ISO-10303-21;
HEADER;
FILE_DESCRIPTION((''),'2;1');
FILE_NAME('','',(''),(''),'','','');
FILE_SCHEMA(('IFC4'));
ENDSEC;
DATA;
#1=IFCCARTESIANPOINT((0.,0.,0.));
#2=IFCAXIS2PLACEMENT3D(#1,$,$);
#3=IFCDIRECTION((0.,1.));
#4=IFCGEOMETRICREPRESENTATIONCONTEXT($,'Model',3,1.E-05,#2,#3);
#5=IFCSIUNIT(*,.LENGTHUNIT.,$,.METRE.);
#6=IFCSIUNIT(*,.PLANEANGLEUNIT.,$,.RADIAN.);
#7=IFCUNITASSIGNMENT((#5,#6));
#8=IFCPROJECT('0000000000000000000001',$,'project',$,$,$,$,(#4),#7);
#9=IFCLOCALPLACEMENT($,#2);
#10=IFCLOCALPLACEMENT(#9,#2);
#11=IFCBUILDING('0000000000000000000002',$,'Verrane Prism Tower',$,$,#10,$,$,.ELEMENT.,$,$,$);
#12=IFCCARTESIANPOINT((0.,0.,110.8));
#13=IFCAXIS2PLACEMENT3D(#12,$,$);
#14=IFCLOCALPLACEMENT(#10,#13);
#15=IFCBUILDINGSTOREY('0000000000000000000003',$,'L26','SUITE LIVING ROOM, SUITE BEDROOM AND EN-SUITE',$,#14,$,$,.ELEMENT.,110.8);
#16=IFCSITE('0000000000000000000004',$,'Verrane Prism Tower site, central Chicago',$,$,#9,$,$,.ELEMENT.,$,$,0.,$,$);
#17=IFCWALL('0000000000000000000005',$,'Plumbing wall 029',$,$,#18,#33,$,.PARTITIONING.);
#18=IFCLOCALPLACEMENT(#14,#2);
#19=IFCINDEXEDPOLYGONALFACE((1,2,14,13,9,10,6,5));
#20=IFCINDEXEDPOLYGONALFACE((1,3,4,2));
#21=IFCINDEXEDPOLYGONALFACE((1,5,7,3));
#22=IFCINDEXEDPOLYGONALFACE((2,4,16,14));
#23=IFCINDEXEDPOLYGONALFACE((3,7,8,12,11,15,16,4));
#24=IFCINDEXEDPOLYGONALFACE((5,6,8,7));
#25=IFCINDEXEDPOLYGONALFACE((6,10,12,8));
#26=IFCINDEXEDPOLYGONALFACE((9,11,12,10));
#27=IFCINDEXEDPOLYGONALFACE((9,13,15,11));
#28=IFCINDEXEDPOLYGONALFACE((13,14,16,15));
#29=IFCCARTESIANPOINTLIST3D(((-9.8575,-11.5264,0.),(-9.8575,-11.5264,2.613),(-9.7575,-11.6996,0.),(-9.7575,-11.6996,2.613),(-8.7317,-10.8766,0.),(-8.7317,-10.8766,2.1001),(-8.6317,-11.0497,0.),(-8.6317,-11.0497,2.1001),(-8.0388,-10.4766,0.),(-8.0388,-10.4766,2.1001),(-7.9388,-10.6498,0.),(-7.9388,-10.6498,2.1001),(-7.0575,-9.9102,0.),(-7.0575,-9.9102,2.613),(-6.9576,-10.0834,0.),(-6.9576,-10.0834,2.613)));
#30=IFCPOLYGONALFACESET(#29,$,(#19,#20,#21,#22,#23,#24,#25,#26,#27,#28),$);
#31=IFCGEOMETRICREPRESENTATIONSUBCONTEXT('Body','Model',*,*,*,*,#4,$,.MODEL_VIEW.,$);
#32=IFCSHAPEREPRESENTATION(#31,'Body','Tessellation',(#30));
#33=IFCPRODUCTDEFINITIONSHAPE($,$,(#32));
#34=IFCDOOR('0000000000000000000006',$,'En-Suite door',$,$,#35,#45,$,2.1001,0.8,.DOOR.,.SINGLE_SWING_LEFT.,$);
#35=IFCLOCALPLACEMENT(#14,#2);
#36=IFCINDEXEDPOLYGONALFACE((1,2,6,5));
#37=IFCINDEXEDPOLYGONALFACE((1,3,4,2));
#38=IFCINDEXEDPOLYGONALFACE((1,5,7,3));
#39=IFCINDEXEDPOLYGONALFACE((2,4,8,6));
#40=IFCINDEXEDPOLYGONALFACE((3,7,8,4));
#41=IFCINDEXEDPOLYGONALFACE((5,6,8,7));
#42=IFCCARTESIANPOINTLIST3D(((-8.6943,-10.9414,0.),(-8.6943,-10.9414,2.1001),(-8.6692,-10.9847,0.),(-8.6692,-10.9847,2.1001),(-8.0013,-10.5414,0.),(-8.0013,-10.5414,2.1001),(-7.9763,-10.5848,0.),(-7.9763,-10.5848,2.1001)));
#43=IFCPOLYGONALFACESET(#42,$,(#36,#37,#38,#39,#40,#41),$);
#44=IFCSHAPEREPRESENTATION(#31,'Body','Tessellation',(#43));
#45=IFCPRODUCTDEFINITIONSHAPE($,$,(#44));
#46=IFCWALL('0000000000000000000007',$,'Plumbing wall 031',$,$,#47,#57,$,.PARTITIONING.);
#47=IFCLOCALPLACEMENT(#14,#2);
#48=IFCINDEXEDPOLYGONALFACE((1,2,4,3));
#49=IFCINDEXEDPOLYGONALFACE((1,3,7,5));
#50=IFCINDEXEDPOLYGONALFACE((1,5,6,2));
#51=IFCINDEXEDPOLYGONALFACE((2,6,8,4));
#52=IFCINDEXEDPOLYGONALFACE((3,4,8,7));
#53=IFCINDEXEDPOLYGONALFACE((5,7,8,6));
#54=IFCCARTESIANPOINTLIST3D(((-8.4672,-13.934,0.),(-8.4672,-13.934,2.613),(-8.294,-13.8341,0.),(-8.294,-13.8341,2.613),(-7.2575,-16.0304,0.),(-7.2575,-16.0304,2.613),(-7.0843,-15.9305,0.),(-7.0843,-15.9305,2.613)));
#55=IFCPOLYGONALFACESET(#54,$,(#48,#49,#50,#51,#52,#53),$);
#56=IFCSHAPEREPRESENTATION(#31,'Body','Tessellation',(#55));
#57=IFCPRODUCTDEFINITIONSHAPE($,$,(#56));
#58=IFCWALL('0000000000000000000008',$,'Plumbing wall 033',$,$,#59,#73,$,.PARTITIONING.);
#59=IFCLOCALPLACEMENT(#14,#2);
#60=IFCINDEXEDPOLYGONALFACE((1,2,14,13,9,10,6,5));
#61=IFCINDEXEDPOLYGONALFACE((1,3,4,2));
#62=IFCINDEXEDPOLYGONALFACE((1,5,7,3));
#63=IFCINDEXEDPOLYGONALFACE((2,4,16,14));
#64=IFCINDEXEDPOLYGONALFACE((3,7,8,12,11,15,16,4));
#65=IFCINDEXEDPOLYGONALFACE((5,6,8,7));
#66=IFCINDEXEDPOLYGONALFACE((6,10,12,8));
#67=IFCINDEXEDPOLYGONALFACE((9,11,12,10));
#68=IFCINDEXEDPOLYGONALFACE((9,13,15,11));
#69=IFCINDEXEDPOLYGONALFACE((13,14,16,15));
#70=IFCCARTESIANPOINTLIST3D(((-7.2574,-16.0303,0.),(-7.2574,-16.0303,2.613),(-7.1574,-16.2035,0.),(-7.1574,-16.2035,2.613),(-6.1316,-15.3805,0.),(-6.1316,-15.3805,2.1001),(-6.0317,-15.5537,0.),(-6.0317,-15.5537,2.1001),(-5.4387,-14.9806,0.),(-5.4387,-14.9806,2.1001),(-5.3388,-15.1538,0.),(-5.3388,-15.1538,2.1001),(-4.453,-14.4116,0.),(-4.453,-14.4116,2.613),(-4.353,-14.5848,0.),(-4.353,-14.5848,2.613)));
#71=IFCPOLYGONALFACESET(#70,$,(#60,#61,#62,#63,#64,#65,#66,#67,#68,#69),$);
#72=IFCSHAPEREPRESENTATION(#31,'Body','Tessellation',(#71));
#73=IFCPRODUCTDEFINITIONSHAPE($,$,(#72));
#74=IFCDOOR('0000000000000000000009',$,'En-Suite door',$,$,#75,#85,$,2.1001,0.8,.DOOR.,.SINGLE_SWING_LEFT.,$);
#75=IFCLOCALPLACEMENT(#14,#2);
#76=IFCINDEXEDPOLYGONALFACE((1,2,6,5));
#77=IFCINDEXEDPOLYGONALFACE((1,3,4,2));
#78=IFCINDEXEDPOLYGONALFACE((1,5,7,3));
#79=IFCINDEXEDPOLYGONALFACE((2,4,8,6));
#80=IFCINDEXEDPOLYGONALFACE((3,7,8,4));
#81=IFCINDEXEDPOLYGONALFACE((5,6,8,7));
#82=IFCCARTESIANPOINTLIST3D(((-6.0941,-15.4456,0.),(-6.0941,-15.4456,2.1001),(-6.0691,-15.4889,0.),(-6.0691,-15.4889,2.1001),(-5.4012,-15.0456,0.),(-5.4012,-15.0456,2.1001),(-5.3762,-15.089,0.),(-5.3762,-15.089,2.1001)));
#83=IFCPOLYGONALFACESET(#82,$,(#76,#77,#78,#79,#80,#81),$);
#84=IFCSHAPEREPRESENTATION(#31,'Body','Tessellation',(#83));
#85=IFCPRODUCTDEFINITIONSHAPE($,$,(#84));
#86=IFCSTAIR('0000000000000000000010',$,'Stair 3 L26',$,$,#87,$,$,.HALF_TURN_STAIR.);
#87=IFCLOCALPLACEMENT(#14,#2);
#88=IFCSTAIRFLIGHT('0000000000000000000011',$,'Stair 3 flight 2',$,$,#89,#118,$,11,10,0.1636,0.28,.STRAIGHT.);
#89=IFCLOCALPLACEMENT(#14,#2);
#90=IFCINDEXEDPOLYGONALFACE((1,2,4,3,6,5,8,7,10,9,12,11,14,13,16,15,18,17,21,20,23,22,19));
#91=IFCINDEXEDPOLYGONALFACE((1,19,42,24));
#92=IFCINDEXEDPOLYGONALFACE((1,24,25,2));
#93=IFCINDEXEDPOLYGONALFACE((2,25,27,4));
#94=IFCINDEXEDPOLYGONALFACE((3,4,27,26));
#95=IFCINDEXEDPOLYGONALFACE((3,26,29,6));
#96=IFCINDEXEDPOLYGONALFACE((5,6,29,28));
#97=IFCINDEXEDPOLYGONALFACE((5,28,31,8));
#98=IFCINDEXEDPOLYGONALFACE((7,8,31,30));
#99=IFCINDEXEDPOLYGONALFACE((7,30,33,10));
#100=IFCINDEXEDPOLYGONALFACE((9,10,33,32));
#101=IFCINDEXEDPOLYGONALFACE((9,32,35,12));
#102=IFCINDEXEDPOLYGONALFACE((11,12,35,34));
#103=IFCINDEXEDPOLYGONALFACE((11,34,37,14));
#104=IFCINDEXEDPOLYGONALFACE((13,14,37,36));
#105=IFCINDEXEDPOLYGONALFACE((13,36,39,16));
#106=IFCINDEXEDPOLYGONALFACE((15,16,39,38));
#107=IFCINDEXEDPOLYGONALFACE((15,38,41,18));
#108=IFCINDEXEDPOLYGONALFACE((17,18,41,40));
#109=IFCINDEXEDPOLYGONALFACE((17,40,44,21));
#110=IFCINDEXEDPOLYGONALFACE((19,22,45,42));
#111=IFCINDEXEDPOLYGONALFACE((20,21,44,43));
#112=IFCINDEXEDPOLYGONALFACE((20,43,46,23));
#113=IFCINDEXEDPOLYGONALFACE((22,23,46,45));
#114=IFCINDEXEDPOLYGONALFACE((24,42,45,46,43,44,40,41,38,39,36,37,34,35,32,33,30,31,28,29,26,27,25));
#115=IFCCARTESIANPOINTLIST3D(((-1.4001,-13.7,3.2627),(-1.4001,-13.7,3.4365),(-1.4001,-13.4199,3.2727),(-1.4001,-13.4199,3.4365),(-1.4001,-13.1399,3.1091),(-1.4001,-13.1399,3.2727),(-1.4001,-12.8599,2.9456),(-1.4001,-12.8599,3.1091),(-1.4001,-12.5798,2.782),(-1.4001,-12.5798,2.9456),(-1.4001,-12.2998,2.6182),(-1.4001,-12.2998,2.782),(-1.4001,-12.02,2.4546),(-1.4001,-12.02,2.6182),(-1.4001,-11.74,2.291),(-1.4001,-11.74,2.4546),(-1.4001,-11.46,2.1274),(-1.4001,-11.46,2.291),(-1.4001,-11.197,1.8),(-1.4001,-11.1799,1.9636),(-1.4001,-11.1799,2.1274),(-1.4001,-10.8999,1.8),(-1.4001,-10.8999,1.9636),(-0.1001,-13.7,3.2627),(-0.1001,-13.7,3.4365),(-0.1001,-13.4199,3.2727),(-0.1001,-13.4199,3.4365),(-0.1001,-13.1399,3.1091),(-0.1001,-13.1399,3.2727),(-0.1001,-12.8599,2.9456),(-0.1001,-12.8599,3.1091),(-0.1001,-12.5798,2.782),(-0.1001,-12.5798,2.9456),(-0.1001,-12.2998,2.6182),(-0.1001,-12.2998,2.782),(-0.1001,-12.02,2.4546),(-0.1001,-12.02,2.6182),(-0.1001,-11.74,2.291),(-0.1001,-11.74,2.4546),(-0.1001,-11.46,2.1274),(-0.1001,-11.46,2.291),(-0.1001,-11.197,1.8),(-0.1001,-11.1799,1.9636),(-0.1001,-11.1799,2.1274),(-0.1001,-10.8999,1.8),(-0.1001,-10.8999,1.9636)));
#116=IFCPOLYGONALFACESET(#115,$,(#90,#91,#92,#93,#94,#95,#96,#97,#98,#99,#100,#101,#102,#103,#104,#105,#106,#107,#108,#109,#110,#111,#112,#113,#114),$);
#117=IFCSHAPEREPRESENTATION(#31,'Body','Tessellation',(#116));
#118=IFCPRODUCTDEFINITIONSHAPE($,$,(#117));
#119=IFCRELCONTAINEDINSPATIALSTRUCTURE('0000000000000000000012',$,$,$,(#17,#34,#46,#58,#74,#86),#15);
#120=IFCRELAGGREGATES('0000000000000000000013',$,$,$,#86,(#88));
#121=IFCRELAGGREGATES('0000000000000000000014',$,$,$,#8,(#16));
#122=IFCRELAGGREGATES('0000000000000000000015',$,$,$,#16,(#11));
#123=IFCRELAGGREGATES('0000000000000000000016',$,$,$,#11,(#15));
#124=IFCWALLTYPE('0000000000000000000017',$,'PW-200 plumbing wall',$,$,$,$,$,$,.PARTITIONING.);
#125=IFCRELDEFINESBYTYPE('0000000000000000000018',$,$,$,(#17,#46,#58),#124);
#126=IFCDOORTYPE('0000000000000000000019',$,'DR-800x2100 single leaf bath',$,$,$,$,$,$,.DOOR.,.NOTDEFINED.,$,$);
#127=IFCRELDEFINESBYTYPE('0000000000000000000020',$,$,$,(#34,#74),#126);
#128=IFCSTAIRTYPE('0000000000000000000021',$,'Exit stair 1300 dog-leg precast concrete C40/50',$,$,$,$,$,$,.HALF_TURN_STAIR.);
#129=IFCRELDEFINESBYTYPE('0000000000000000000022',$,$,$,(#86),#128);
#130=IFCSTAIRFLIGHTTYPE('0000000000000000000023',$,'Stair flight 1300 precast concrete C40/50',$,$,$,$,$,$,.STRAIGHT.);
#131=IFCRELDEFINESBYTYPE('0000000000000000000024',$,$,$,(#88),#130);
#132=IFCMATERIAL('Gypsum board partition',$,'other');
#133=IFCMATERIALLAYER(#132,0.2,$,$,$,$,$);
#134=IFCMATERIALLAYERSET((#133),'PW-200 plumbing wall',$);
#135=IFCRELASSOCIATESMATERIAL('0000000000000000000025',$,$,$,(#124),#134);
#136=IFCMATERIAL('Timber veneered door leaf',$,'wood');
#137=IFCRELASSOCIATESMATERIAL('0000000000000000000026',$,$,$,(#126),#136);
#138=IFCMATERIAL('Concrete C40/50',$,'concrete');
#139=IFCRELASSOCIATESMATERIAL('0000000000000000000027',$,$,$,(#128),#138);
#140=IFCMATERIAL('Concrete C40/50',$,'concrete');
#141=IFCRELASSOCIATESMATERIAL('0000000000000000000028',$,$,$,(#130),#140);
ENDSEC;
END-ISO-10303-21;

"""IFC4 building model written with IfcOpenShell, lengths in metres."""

from ifc_helpers import new_model, si_unit, direction, frame, frame_2d, origin, place, context, subcontext, project, spatial, polyline, rectangle, outline, extrude, material, layer, layer_set, type_object, element, fill, aggregate, save


model = new_model("IFC4")

# Units and contexts
model_context = context("Model", 3, precision=1e-05, world=origin(), true_north=direction((0.0, 1.0)))
body_context = subcontext(model_context, "Body", "Model", "MODEL_VIEW")
ifc_project = project(units=[si_unit("LENGTHUNIT", "METRE"), si_unit("PLANEANGLEUNIT", "RADIAN")], contexts=[model_context])

# Site, building, storey
site_placement = place(None, origin())
site = spatial("IfcSite", under=ifc_project, at=site_placement, Name="Verrane Prism Tower site, central Chicago", CompositionType="ELEMENT", RefElevation=0.0)
building_placement = place(site_placement, origin())
building = spatial("IfcBuilding", under=site, at=building_placement, Name="Verrane Prism Tower", CompositionType="ELEMENT")
storey_placement = place(building_placement, frame((0.0, 0.0, 110.8)))
storey = spatial("IfcBuildingStorey", under=building, at=storey_placement, Name="L26", Description="SUITE LIVING ROOM, SUITE BEDROOM AND EN-SUITE", CompositionType="ELEMENT", Elevation=110.8)

# Shared definitions
ifc_material_1 = material(Name="Gypsum board partition", Category="other")
ifc_layer_1 = layer(ifc_material_1, 0.2)
ifc_layer_set_1 = layer_set([ifc_layer_1], Name="PW-200 plumbing wall")
wall_type_1 = type_object("IfcWallType", Name="PW-200 plumbing wall", PredefinedType="PARTITIONING", material=ifc_layer_set_1)

# Wall, opening, door
wall_1_placement = place(storey_placement, frame((-7.0076, -9.9968, 0.0), z_axis=(0.0, 0.0, 1.0), x_axis=(-0.866079, -0.499908, 0.0)))
wall_1 = element("IfcWall", 1, at=wall_1_placement, inside=storey, type_object=wall_type_1, Name="Plumbing wall 029", PredefinedType="PARTITIONING", context=body_context, shape_type="SweptSolid", body=[
    extrude(rectangle(XDim=3.2329, YDim=0.2, at=frame_2d((1.6165, 0.0))), origin(), (0.0, 0.0, 1.0), 2.613),
])
opening_1_placement = place(wall_1_placement, frame((1.1331, 0.0, 0.0)))
opening_1 = element("IfcOpeningElement", 2, at=opening_1_placement, cuts=wall_1, PredefinedType="OPENING", context=body_context, shape_type="SweptSolid", body=[
    extrude(rectangle(XDim=0.8, YDim=2.1001, at=frame_2d((0.3999, 1.05))), frame((0.0, 0.1099, 0.0), z_axis=(0.0, -1.0, 0.0), x_axis=(1.0, 0.0, 0.0)), (0.0, 0.0, 1.0), 0.22),
])
ifc_material_2 = material(Name="Timber veneered door leaf", Category="wood")
door_type_1 = type_object("IfcDoorType", Name="DR-800x2100 single leaf bath", OperationType="NOTDEFINED", PredefinedType="DOOR", material=ifc_material_2)
door_1_placement = place(opening_1_placement, origin())
door_1 = element("IfcDoor", 3, at=door_1_placement, inside=storey, type_object=door_type_1, Name="En-Suite door", OperationType="SINGLE_SWING_LEFT", OverallHeight=2.1001, OverallWidth=0.8, PredefinedType="DOOR", context=body_context, shape_type="SweptSolid", body=[
    extrude(rectangle(XDim=0.8, YDim=2.1001, at=frame_2d((0.3999, 1.05))), frame((0.0, 0.0249, 0.0), z_axis=(0.0, -1.0, 0.0), x_axis=(1.0, 0.0, 0.0)), (0.0, 0.0, 1.0), 0.05),
])
fill(opening_1, door_1)

# Wall
wall_2_placement = place(storey_placement, frame((-8.3806, -13.884, 0.0), z_axis=(0.0, 0.0, 1.0), x_axis=(0.499795, -0.866144, 0.0)))
element("IfcWall", 4, at=wall_2_placement, inside=storey, type_object=wall_type_1, Name="Plumbing wall 031", PredefinedType="PARTITIONING", context=body_context, shape_type="SweptSolid", body=[
    extrude(rectangle(XDim=2.4204, YDim=0.2, at=frame_2d((1.2102, 0.0))), origin(), (0.0, 0.0, 1.0), 2.613),
])

# Wall, opening, door
wall_3_placement = place(storey_placement, frame((-7.2075, -16.1169, 0.0), z_axis=(0.0, 0.0, 1.0), x_axis=(0.866091, 0.499886, 0.0)))
wall_3 = element("IfcWall", 5, at=wall_3_placement, inside=storey, type_object=wall_type_1, Name="Plumbing wall 033", PredefinedType="PARTITIONING", context=body_context, shape_type="SweptSolid", body=[
    extrude(rectangle(XDim=3.238, YDim=0.2, at=frame_2d((1.6191, 0.0))), origin(), (0.0, 0.0, 1.0), 2.613),
])
opening_2_placement = place(wall_3_placement, frame((1.3, 0.0, 0.0)))
opening_2 = element("IfcOpeningElement", 6, at=opening_2_placement, cuts=wall_3, PredefinedType="OPENING", context=body_context, shape_type="SweptSolid", body=[
    extrude(rectangle(XDim=0.8, YDim=2.1001, at=frame_2d((0.3999, 1.05))), frame((0.0, 0.1099, 0.0), z_axis=(0.0, -1.0, 0.0), x_axis=(1.0, 0.0, 0.0)), (0.0, 0.0, 1.0), 0.22),
])
door_2_placement = place(opening_2_placement, origin())
door_2 = element("IfcDoor", 7, at=door_2_placement, inside=storey, type_object=door_type_1, Name="En-Suite door", OperationType="SINGLE_SWING_LEFT", OverallHeight=2.1001, OverallWidth=0.8, PredefinedType="DOOR", context=body_context, shape_type="SweptSolid", body=[
    extrude(rectangle(XDim=0.8, YDim=2.1001, at=frame_2d((0.3999, 1.05))), frame((0.0, 0.0249, 0.0), z_axis=(0.0, -1.0, 0.0), x_axis=(1.0, 0.0, 0.0)), (0.0, 0.0, 1.0), 0.05),
])
fill(opening_2, door_2)

# Stair, stair flight
ifc_material_3 = material(Name="Concrete C40/50", Category="concrete")
stair_type = type_object("IfcStairType", Name="Exit stair 1300 dog-leg precast concrete C40/50", PredefinedType="HALF_TURN_STAIR", material=ifc_material_3)
stair_placement = place(storey_placement, origin())
stair = element("IfcStair", 8, at=stair_placement, inside=storey, type_object=stair_type, Name="Stair 3 L26", PredefinedType="HALF_TURN_STAIR")
ifc_material_4 = material(Name="Concrete C40/50", Category="concrete")
stair_flight_type = type_object("IfcStairFlightType", Name="Stair flight 1300 precast concrete C40/50", PredefinedType="STRAIGHT", material=ifc_material_4)
stair_flight_placement = place(storey_placement, frame((-0.75, -10.8999, 1.8), z_axis=(0.0, 0.0, 1.0), x_axis=(0.0, -1.0, 0.0)))
stair_flight = element("IfcStairFlight", 9, at=stair_flight_placement, type_object=stair_flight_type, Name="Stair 3 flight 2", NumberOfRisers=11, NumberOfTreads=10, PredefinedType="STRAIGHT", RiserHeight=0.1636, TreadLength=0.28, context=body_context, shape_type="SweptSolid", body=[
    extrude(outline(polyline([(0.0, 0.0), (0.0, 0.1636), (0.28, 0.1636), (0.28, 0.3274), (0.5601, 0.3274), (0.5601, 0.491), (0.8401, 0.491), (0.8401, 0.6545), (1.1201, 0.6545), (1.1201, 0.8181), (1.3999, 0.8181), (1.3999, 0.9819), (1.6799, 0.9819), (1.6799, 1.1455), (1.96, 1.1455), (1.96, 1.3091), (2.24, 1.3091), (2.24, 1.4727), (2.52, 1.4727), (2.52, 1.6365), (2.8, 1.6365), (2.8, 1.8), (2.8, 1.4626), (0.2971, 0.0), (0.0, 0.0)])), frame((0.0, 0.6499, 0.0), z_axis=(0.0, -1.0, 0.0), x_axis=(1.0, 0.0, 0.0)), (0.0, 0.0, 1.0), 1.3),
])
aggregate(stair, [stair_flight])

save(model, "model.ifc")
